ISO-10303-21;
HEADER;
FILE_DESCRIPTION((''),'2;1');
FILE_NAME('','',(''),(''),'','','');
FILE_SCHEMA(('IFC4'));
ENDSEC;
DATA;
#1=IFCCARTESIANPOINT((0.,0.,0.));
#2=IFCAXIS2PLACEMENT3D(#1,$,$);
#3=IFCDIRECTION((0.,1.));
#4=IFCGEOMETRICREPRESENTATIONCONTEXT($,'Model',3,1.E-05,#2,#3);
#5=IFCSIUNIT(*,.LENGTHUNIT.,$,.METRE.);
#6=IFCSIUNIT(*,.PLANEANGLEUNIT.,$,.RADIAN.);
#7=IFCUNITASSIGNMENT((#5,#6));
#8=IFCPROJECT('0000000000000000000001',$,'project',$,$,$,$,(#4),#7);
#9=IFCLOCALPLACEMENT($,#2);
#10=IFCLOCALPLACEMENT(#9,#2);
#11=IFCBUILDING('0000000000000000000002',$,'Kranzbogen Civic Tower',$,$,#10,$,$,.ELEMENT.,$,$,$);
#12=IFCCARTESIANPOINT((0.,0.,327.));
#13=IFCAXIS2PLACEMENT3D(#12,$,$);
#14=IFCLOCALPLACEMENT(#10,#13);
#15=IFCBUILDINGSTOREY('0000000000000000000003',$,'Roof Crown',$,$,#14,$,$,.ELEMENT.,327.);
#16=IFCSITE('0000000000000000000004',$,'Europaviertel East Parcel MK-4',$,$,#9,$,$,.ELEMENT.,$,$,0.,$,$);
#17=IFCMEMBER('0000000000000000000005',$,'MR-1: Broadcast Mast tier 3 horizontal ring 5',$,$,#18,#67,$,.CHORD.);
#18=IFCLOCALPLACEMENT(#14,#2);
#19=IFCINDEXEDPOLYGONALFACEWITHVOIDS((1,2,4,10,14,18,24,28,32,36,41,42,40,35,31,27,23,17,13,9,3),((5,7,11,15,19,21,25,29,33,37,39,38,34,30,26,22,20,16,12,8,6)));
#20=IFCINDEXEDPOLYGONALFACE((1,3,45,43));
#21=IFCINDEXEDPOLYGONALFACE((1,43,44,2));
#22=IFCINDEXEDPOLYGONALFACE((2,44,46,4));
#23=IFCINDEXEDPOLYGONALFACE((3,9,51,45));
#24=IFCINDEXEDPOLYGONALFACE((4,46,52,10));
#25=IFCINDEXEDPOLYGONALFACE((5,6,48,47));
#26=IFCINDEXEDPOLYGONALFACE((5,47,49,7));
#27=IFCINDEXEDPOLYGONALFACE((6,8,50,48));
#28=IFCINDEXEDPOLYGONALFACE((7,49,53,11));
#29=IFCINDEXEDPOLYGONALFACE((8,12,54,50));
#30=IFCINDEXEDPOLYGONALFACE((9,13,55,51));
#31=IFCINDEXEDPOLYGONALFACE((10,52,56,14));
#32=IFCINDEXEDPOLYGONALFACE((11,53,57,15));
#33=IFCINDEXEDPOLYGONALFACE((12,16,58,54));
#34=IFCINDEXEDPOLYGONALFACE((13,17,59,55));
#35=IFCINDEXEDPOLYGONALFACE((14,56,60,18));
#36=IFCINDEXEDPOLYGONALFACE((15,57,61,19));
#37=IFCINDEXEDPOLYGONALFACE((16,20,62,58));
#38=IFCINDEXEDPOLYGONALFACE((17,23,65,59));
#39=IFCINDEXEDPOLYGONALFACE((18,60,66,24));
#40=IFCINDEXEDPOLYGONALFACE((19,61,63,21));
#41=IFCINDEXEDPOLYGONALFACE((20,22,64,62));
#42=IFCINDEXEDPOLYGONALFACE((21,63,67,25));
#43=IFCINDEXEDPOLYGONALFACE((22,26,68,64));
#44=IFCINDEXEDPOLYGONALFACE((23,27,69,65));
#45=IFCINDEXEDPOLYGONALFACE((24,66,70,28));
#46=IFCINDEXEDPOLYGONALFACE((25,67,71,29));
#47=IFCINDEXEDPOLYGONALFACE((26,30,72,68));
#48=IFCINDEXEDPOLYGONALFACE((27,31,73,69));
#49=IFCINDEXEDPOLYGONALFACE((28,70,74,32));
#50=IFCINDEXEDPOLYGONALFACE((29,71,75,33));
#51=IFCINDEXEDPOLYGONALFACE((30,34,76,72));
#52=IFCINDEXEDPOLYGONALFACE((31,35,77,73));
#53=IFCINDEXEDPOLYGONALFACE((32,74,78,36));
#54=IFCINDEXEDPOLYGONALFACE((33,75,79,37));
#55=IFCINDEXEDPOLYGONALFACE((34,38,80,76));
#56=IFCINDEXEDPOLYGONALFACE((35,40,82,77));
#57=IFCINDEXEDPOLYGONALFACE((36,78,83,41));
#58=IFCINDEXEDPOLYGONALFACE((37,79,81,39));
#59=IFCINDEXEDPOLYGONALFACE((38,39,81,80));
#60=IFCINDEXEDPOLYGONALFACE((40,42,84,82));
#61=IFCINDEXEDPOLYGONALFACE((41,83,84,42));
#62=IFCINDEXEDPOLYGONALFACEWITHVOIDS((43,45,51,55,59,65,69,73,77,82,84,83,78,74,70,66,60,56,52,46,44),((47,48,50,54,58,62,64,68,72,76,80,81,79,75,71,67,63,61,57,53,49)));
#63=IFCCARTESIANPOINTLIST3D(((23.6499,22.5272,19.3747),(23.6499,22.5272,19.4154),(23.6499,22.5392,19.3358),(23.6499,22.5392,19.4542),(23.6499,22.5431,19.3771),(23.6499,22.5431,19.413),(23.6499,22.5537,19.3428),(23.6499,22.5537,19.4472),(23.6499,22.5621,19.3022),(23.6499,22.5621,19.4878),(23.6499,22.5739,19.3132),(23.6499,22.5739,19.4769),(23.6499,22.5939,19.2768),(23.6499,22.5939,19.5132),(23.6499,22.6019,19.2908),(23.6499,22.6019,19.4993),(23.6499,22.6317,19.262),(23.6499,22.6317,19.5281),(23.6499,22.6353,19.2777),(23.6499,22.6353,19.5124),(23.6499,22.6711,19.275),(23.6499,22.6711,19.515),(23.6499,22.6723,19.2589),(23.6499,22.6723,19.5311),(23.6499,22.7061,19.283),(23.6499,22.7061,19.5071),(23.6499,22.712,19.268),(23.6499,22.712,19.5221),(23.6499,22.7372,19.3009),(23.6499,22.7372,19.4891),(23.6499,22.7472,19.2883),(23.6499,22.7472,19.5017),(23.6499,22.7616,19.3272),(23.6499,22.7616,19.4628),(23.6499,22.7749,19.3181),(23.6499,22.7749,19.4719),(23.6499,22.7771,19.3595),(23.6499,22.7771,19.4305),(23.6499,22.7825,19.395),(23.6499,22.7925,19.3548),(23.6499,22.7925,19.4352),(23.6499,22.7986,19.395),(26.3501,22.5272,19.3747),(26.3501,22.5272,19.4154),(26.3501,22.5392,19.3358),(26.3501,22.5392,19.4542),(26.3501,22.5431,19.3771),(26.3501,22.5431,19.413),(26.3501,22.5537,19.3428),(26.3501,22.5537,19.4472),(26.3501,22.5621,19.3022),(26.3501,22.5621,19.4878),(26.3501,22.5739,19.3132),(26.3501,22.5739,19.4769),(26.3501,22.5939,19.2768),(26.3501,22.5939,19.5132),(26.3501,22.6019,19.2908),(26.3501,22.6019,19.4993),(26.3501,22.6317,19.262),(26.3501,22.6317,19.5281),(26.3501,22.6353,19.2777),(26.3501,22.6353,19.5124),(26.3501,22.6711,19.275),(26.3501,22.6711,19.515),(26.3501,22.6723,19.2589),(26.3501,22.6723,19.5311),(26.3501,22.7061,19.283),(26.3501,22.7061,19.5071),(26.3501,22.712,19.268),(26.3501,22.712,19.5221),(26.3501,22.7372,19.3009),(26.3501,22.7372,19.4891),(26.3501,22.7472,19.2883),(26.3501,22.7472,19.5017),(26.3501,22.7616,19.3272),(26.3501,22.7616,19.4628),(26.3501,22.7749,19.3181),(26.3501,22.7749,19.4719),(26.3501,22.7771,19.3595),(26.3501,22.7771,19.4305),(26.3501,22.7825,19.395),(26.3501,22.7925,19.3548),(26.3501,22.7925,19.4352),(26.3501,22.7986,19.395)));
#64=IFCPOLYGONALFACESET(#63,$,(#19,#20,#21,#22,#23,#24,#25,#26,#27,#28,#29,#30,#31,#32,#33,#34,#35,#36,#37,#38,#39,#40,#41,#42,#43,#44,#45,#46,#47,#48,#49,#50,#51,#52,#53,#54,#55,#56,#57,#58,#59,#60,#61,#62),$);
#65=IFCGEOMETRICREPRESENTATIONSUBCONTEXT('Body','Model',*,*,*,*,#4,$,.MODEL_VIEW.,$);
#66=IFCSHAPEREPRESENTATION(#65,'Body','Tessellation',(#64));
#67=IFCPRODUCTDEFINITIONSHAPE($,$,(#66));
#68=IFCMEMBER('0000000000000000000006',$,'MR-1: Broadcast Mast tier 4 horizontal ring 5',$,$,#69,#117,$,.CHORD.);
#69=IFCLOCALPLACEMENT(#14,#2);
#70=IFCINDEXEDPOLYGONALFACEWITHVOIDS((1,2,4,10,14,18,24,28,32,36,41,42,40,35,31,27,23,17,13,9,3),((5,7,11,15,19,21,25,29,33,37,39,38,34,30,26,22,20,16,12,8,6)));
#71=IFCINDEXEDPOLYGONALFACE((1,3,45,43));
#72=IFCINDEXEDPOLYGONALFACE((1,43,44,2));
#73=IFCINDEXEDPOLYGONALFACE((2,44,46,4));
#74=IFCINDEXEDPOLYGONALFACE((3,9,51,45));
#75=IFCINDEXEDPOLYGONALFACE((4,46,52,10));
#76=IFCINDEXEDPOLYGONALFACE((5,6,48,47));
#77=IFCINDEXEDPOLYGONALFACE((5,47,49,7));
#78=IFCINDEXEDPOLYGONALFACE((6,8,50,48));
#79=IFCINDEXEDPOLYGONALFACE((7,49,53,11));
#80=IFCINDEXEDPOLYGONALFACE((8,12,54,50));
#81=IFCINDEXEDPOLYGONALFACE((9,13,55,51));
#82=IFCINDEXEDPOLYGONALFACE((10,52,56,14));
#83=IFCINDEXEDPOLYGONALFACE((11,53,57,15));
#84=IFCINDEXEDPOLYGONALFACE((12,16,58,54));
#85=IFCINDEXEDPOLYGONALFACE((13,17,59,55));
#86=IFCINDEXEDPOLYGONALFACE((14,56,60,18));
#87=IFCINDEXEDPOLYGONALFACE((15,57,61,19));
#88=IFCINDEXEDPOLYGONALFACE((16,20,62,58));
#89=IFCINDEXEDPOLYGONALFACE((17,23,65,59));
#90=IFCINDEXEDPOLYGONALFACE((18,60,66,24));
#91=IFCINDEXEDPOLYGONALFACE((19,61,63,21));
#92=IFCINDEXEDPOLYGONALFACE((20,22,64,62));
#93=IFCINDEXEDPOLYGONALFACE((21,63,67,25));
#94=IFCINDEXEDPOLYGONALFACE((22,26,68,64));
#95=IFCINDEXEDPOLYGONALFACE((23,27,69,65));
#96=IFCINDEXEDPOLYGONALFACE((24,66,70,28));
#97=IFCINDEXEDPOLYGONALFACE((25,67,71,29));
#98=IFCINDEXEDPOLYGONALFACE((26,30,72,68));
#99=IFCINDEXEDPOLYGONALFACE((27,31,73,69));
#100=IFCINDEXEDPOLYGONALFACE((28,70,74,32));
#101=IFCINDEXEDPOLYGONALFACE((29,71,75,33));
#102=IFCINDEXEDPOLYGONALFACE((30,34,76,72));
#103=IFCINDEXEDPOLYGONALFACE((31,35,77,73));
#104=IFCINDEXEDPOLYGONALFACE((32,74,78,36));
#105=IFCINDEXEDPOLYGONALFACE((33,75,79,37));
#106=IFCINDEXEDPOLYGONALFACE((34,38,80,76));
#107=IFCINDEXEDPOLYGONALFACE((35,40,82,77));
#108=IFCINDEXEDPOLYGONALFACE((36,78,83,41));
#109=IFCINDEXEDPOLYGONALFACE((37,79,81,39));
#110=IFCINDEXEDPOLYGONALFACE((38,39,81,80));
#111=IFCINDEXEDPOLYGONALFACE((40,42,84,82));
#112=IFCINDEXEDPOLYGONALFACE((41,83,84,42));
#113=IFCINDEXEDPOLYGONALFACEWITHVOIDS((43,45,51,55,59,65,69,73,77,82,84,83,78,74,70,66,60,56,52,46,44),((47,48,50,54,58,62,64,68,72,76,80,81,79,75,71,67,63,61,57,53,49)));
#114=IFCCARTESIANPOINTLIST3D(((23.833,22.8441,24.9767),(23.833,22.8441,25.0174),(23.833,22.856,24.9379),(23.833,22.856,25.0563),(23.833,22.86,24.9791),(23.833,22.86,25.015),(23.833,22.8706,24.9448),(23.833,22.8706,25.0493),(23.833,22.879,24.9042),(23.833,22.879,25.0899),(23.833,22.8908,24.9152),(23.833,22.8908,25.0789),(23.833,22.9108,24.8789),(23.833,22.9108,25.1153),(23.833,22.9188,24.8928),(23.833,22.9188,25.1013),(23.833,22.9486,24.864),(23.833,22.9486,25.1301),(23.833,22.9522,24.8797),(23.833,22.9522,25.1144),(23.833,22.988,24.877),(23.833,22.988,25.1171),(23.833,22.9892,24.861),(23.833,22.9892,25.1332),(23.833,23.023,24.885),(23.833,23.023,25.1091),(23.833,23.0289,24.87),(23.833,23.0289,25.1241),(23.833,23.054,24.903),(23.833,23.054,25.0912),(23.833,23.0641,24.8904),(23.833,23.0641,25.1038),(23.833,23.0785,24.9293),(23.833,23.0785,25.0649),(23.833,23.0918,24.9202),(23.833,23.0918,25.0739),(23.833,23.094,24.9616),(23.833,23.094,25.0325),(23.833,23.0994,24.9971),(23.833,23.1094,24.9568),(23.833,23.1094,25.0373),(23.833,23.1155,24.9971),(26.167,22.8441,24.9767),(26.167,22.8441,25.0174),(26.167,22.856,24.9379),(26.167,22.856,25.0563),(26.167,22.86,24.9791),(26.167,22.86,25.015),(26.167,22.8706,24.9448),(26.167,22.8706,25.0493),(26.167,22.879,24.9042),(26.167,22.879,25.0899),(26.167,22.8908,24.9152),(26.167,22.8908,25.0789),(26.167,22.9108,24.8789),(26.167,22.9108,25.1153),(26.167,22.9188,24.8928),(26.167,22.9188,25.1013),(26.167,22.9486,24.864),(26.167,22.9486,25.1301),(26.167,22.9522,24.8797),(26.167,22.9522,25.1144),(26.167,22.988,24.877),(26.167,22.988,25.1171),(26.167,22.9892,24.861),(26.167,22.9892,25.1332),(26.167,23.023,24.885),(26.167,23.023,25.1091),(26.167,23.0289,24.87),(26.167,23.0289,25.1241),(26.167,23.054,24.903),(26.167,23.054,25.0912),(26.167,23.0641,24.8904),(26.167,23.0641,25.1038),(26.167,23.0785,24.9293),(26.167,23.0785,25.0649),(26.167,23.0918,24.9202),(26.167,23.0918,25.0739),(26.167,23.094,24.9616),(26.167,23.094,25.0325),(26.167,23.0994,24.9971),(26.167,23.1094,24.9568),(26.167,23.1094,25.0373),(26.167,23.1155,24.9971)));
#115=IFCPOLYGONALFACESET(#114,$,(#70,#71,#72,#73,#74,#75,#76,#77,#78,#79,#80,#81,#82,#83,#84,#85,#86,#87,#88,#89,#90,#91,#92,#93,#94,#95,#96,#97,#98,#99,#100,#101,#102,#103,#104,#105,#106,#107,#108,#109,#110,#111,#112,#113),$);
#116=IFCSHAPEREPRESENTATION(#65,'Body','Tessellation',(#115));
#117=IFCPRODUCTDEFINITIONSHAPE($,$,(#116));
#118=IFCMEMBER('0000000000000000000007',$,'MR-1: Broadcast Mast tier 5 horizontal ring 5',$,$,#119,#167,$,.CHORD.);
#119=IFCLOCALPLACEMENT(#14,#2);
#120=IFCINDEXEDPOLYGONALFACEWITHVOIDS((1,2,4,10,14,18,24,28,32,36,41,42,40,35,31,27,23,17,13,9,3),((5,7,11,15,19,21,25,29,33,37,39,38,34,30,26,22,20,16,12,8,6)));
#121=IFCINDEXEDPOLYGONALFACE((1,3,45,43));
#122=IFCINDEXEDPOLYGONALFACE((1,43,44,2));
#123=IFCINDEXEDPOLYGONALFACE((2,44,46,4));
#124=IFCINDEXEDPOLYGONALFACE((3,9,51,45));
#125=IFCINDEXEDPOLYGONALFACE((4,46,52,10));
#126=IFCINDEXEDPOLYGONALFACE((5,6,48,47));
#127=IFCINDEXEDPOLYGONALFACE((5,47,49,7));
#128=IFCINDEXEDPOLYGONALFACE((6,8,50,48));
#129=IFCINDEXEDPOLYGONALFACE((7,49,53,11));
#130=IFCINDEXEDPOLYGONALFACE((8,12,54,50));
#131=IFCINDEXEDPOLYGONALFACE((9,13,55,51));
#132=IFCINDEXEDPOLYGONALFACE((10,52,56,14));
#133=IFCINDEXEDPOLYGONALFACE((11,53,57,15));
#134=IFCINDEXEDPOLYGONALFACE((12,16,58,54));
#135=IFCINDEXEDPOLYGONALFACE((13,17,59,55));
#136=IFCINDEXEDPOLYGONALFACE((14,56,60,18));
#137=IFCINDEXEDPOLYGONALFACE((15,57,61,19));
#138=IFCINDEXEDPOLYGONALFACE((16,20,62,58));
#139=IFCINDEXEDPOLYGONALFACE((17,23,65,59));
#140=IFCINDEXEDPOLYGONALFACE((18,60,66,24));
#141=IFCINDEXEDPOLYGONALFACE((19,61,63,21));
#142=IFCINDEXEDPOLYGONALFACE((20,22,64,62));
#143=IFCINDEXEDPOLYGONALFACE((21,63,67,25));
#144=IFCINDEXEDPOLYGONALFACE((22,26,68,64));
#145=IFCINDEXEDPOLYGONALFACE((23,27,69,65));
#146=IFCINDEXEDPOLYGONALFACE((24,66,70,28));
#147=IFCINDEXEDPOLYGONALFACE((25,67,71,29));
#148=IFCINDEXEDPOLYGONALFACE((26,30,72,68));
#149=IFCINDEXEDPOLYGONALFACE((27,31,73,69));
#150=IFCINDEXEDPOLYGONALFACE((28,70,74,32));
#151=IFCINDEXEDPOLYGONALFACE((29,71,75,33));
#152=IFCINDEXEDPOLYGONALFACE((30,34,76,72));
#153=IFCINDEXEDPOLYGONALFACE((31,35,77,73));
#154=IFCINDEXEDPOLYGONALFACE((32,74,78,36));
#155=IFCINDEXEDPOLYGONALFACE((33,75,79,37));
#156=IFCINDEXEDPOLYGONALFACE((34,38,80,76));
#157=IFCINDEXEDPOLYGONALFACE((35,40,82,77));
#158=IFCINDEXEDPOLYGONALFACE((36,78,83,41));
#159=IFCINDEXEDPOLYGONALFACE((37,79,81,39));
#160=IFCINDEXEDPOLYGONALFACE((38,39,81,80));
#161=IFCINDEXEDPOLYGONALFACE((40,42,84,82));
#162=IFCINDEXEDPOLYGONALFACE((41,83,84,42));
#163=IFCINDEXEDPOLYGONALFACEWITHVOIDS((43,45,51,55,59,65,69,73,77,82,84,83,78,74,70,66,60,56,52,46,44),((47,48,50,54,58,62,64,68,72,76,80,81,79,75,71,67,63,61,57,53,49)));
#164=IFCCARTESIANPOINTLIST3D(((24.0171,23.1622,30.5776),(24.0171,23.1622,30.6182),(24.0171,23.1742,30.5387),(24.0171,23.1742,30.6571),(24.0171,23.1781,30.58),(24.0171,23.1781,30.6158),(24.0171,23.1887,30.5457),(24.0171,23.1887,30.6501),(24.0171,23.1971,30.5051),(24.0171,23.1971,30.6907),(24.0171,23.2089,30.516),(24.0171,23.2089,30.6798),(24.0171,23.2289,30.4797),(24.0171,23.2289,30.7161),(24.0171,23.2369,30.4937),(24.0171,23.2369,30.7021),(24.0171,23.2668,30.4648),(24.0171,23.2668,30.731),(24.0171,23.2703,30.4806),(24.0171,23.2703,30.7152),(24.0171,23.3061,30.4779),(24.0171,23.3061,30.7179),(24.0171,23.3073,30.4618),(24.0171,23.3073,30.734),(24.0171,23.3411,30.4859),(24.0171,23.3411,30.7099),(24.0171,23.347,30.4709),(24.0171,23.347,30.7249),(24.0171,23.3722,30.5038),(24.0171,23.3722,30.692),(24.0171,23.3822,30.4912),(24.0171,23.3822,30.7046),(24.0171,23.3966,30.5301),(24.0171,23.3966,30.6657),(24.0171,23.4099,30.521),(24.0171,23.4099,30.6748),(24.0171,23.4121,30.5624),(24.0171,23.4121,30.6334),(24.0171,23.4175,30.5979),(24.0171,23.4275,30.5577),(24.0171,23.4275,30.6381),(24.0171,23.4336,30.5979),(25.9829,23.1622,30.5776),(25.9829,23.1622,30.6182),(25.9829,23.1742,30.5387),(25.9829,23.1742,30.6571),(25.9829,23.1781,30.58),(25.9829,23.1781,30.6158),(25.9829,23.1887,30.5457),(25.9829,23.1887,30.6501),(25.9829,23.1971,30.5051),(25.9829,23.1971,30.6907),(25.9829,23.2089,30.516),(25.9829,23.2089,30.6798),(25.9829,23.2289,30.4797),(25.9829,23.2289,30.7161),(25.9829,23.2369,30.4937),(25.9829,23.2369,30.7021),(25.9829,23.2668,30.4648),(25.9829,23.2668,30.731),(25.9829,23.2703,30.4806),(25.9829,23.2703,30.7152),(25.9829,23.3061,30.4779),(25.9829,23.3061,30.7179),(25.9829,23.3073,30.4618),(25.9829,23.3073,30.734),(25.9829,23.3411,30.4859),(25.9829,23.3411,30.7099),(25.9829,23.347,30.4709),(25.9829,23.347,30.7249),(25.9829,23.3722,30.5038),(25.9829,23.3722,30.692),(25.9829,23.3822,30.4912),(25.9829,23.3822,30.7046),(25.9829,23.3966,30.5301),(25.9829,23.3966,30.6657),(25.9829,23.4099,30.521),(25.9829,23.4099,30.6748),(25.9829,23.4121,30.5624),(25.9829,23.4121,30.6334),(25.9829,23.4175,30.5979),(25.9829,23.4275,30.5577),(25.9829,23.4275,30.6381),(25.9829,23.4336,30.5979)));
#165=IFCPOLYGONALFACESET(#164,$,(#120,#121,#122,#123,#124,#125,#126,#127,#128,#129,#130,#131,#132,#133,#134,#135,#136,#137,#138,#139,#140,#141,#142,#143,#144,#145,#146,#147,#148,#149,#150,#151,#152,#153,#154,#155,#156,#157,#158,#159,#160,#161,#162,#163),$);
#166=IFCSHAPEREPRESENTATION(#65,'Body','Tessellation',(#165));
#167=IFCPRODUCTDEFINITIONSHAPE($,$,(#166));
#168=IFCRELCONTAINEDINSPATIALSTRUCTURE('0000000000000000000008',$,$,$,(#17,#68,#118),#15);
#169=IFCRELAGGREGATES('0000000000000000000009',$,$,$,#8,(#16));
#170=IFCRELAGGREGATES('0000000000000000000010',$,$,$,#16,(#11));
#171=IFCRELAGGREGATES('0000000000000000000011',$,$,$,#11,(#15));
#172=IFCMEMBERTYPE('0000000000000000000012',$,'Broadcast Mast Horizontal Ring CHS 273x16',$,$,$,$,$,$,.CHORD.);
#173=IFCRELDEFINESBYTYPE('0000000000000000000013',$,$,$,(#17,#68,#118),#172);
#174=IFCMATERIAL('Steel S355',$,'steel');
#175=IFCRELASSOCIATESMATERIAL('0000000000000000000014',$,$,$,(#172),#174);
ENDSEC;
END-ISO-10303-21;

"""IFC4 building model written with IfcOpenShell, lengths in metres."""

from ifc_helpers import new_model, si_unit, direction, frame, origin, origin_2d, place, context, subcontext, project, spatial, hollow_circle, extrude, material, material_profile, profile_set, type_object, element, save


model = new_model("IFC4")

# Units and contexts
model_context = context("Model", 3, precision=1e-05, world=origin(), true_north=direction((0.0, 1.0)))
body_context = subcontext(model_context, "Body", "Model", "MODEL_VIEW")
ifc_project = project(units=[si_unit("LENGTHUNIT", "METRE"), si_unit("PLANEANGLEUNIT", "RADIAN")], contexts=[model_context])

# Site, building, storey
site_placement = place(None, origin())
site = spatial("IfcSite", under=ifc_project, at=site_placement, Name="Europaviertel East Parcel MK-4", CompositionType="ELEMENT", RefElevation=0.0)
building_placement = place(site_placement, origin())
building = spatial("IfcBuilding", under=site, at=building_placement, Name="Kranzbogen Civic Tower", CompositionType="ELEMENT")
storey_placement = place(building_placement, frame((0.0, 0.0, 327.0)))
storey = spatial("IfcBuildingStorey", under=building, at=storey_placement, Name="Roof Crown", CompositionType="ELEMENT", Elevation=327.0)

# Members
ifc_material = material(Name="Steel S355", Category="steel")
ifc_material_profile_1 = material_profile(ifc_material, hollow_circle(Radius=0.1365, WallThickness=0.0161, at=origin_2d()), Name="CHS 273x16")
ifc_profile_set_1 = profile_set([ifc_material_profile_1], Name="Steel S355")
member_type_1 = type_object("IfcMemberType", Name="Broadcast Mast Horizontal Ring CHS 273x16", PredefinedType="CHORD", material=ifc_profile_set_1)
member_1_placement = place(storey_placement, frame((23.6499, 22.6621, 19.395), z_axis=(1.0, 0.0, 0.0), x_axis=(0.0, 1.0, 0.0)))
element("IfcMember", 1, at=member_1_placement, inside=storey, type_object=member_type_1, Name="MR-1: Broadcast Mast tier 3 horizontal ring 5", PredefinedType="CHORD", context=body_context, shape_type="SweptSolid", body=[
    extrude(hollow_circle(Radius=0.1365, WallThickness=0.0161, at=origin_2d()), origin(), (0.0, 0.0, 1.0), 2.7002),
])
member_2_placement = place(storey_placement, frame((23.833, 22.979, 24.9971), z_axis=(1.0, 0.0, 0.0), x_axis=(0.0, 1.0, 0.0)))
element("IfcMember", 2, at=member_2_placement, inside=storey, type_object=member_type_1, Name="MR-1: Broadcast Mast tier 4 horizontal ring 5", PredefinedType="CHORD", context=body_context, shape_type="SweptSolid", body=[
    extrude(hollow_circle(Radius=0.1365, WallThickness=0.0161, at=origin_2d()), origin(), (0.0, 0.0, 1.0), 2.334),
])
member_3_placement = place(storey_placement, frame((24.0171, 23.2971, 30.5979), z_axis=(1.0, 0.0, 0.0), x_axis=(0.0, 1.0, 0.0)))
element("IfcMember", 3, at=member_3_placement, inside=storey, type_object=member_type_1, Name="MR-1: Broadcast Mast tier 5 horizontal ring 5", PredefinedType="CHORD", context=body_context, shape_type="SweptSolid", body=[
    extrude(hollow_circle(Radius=0.1365, WallThickness=0.0161, at=origin_2d()), origin(), (0.0, 0.0, 1.0), 1.9658),
])

save(model, "model.ifc")
